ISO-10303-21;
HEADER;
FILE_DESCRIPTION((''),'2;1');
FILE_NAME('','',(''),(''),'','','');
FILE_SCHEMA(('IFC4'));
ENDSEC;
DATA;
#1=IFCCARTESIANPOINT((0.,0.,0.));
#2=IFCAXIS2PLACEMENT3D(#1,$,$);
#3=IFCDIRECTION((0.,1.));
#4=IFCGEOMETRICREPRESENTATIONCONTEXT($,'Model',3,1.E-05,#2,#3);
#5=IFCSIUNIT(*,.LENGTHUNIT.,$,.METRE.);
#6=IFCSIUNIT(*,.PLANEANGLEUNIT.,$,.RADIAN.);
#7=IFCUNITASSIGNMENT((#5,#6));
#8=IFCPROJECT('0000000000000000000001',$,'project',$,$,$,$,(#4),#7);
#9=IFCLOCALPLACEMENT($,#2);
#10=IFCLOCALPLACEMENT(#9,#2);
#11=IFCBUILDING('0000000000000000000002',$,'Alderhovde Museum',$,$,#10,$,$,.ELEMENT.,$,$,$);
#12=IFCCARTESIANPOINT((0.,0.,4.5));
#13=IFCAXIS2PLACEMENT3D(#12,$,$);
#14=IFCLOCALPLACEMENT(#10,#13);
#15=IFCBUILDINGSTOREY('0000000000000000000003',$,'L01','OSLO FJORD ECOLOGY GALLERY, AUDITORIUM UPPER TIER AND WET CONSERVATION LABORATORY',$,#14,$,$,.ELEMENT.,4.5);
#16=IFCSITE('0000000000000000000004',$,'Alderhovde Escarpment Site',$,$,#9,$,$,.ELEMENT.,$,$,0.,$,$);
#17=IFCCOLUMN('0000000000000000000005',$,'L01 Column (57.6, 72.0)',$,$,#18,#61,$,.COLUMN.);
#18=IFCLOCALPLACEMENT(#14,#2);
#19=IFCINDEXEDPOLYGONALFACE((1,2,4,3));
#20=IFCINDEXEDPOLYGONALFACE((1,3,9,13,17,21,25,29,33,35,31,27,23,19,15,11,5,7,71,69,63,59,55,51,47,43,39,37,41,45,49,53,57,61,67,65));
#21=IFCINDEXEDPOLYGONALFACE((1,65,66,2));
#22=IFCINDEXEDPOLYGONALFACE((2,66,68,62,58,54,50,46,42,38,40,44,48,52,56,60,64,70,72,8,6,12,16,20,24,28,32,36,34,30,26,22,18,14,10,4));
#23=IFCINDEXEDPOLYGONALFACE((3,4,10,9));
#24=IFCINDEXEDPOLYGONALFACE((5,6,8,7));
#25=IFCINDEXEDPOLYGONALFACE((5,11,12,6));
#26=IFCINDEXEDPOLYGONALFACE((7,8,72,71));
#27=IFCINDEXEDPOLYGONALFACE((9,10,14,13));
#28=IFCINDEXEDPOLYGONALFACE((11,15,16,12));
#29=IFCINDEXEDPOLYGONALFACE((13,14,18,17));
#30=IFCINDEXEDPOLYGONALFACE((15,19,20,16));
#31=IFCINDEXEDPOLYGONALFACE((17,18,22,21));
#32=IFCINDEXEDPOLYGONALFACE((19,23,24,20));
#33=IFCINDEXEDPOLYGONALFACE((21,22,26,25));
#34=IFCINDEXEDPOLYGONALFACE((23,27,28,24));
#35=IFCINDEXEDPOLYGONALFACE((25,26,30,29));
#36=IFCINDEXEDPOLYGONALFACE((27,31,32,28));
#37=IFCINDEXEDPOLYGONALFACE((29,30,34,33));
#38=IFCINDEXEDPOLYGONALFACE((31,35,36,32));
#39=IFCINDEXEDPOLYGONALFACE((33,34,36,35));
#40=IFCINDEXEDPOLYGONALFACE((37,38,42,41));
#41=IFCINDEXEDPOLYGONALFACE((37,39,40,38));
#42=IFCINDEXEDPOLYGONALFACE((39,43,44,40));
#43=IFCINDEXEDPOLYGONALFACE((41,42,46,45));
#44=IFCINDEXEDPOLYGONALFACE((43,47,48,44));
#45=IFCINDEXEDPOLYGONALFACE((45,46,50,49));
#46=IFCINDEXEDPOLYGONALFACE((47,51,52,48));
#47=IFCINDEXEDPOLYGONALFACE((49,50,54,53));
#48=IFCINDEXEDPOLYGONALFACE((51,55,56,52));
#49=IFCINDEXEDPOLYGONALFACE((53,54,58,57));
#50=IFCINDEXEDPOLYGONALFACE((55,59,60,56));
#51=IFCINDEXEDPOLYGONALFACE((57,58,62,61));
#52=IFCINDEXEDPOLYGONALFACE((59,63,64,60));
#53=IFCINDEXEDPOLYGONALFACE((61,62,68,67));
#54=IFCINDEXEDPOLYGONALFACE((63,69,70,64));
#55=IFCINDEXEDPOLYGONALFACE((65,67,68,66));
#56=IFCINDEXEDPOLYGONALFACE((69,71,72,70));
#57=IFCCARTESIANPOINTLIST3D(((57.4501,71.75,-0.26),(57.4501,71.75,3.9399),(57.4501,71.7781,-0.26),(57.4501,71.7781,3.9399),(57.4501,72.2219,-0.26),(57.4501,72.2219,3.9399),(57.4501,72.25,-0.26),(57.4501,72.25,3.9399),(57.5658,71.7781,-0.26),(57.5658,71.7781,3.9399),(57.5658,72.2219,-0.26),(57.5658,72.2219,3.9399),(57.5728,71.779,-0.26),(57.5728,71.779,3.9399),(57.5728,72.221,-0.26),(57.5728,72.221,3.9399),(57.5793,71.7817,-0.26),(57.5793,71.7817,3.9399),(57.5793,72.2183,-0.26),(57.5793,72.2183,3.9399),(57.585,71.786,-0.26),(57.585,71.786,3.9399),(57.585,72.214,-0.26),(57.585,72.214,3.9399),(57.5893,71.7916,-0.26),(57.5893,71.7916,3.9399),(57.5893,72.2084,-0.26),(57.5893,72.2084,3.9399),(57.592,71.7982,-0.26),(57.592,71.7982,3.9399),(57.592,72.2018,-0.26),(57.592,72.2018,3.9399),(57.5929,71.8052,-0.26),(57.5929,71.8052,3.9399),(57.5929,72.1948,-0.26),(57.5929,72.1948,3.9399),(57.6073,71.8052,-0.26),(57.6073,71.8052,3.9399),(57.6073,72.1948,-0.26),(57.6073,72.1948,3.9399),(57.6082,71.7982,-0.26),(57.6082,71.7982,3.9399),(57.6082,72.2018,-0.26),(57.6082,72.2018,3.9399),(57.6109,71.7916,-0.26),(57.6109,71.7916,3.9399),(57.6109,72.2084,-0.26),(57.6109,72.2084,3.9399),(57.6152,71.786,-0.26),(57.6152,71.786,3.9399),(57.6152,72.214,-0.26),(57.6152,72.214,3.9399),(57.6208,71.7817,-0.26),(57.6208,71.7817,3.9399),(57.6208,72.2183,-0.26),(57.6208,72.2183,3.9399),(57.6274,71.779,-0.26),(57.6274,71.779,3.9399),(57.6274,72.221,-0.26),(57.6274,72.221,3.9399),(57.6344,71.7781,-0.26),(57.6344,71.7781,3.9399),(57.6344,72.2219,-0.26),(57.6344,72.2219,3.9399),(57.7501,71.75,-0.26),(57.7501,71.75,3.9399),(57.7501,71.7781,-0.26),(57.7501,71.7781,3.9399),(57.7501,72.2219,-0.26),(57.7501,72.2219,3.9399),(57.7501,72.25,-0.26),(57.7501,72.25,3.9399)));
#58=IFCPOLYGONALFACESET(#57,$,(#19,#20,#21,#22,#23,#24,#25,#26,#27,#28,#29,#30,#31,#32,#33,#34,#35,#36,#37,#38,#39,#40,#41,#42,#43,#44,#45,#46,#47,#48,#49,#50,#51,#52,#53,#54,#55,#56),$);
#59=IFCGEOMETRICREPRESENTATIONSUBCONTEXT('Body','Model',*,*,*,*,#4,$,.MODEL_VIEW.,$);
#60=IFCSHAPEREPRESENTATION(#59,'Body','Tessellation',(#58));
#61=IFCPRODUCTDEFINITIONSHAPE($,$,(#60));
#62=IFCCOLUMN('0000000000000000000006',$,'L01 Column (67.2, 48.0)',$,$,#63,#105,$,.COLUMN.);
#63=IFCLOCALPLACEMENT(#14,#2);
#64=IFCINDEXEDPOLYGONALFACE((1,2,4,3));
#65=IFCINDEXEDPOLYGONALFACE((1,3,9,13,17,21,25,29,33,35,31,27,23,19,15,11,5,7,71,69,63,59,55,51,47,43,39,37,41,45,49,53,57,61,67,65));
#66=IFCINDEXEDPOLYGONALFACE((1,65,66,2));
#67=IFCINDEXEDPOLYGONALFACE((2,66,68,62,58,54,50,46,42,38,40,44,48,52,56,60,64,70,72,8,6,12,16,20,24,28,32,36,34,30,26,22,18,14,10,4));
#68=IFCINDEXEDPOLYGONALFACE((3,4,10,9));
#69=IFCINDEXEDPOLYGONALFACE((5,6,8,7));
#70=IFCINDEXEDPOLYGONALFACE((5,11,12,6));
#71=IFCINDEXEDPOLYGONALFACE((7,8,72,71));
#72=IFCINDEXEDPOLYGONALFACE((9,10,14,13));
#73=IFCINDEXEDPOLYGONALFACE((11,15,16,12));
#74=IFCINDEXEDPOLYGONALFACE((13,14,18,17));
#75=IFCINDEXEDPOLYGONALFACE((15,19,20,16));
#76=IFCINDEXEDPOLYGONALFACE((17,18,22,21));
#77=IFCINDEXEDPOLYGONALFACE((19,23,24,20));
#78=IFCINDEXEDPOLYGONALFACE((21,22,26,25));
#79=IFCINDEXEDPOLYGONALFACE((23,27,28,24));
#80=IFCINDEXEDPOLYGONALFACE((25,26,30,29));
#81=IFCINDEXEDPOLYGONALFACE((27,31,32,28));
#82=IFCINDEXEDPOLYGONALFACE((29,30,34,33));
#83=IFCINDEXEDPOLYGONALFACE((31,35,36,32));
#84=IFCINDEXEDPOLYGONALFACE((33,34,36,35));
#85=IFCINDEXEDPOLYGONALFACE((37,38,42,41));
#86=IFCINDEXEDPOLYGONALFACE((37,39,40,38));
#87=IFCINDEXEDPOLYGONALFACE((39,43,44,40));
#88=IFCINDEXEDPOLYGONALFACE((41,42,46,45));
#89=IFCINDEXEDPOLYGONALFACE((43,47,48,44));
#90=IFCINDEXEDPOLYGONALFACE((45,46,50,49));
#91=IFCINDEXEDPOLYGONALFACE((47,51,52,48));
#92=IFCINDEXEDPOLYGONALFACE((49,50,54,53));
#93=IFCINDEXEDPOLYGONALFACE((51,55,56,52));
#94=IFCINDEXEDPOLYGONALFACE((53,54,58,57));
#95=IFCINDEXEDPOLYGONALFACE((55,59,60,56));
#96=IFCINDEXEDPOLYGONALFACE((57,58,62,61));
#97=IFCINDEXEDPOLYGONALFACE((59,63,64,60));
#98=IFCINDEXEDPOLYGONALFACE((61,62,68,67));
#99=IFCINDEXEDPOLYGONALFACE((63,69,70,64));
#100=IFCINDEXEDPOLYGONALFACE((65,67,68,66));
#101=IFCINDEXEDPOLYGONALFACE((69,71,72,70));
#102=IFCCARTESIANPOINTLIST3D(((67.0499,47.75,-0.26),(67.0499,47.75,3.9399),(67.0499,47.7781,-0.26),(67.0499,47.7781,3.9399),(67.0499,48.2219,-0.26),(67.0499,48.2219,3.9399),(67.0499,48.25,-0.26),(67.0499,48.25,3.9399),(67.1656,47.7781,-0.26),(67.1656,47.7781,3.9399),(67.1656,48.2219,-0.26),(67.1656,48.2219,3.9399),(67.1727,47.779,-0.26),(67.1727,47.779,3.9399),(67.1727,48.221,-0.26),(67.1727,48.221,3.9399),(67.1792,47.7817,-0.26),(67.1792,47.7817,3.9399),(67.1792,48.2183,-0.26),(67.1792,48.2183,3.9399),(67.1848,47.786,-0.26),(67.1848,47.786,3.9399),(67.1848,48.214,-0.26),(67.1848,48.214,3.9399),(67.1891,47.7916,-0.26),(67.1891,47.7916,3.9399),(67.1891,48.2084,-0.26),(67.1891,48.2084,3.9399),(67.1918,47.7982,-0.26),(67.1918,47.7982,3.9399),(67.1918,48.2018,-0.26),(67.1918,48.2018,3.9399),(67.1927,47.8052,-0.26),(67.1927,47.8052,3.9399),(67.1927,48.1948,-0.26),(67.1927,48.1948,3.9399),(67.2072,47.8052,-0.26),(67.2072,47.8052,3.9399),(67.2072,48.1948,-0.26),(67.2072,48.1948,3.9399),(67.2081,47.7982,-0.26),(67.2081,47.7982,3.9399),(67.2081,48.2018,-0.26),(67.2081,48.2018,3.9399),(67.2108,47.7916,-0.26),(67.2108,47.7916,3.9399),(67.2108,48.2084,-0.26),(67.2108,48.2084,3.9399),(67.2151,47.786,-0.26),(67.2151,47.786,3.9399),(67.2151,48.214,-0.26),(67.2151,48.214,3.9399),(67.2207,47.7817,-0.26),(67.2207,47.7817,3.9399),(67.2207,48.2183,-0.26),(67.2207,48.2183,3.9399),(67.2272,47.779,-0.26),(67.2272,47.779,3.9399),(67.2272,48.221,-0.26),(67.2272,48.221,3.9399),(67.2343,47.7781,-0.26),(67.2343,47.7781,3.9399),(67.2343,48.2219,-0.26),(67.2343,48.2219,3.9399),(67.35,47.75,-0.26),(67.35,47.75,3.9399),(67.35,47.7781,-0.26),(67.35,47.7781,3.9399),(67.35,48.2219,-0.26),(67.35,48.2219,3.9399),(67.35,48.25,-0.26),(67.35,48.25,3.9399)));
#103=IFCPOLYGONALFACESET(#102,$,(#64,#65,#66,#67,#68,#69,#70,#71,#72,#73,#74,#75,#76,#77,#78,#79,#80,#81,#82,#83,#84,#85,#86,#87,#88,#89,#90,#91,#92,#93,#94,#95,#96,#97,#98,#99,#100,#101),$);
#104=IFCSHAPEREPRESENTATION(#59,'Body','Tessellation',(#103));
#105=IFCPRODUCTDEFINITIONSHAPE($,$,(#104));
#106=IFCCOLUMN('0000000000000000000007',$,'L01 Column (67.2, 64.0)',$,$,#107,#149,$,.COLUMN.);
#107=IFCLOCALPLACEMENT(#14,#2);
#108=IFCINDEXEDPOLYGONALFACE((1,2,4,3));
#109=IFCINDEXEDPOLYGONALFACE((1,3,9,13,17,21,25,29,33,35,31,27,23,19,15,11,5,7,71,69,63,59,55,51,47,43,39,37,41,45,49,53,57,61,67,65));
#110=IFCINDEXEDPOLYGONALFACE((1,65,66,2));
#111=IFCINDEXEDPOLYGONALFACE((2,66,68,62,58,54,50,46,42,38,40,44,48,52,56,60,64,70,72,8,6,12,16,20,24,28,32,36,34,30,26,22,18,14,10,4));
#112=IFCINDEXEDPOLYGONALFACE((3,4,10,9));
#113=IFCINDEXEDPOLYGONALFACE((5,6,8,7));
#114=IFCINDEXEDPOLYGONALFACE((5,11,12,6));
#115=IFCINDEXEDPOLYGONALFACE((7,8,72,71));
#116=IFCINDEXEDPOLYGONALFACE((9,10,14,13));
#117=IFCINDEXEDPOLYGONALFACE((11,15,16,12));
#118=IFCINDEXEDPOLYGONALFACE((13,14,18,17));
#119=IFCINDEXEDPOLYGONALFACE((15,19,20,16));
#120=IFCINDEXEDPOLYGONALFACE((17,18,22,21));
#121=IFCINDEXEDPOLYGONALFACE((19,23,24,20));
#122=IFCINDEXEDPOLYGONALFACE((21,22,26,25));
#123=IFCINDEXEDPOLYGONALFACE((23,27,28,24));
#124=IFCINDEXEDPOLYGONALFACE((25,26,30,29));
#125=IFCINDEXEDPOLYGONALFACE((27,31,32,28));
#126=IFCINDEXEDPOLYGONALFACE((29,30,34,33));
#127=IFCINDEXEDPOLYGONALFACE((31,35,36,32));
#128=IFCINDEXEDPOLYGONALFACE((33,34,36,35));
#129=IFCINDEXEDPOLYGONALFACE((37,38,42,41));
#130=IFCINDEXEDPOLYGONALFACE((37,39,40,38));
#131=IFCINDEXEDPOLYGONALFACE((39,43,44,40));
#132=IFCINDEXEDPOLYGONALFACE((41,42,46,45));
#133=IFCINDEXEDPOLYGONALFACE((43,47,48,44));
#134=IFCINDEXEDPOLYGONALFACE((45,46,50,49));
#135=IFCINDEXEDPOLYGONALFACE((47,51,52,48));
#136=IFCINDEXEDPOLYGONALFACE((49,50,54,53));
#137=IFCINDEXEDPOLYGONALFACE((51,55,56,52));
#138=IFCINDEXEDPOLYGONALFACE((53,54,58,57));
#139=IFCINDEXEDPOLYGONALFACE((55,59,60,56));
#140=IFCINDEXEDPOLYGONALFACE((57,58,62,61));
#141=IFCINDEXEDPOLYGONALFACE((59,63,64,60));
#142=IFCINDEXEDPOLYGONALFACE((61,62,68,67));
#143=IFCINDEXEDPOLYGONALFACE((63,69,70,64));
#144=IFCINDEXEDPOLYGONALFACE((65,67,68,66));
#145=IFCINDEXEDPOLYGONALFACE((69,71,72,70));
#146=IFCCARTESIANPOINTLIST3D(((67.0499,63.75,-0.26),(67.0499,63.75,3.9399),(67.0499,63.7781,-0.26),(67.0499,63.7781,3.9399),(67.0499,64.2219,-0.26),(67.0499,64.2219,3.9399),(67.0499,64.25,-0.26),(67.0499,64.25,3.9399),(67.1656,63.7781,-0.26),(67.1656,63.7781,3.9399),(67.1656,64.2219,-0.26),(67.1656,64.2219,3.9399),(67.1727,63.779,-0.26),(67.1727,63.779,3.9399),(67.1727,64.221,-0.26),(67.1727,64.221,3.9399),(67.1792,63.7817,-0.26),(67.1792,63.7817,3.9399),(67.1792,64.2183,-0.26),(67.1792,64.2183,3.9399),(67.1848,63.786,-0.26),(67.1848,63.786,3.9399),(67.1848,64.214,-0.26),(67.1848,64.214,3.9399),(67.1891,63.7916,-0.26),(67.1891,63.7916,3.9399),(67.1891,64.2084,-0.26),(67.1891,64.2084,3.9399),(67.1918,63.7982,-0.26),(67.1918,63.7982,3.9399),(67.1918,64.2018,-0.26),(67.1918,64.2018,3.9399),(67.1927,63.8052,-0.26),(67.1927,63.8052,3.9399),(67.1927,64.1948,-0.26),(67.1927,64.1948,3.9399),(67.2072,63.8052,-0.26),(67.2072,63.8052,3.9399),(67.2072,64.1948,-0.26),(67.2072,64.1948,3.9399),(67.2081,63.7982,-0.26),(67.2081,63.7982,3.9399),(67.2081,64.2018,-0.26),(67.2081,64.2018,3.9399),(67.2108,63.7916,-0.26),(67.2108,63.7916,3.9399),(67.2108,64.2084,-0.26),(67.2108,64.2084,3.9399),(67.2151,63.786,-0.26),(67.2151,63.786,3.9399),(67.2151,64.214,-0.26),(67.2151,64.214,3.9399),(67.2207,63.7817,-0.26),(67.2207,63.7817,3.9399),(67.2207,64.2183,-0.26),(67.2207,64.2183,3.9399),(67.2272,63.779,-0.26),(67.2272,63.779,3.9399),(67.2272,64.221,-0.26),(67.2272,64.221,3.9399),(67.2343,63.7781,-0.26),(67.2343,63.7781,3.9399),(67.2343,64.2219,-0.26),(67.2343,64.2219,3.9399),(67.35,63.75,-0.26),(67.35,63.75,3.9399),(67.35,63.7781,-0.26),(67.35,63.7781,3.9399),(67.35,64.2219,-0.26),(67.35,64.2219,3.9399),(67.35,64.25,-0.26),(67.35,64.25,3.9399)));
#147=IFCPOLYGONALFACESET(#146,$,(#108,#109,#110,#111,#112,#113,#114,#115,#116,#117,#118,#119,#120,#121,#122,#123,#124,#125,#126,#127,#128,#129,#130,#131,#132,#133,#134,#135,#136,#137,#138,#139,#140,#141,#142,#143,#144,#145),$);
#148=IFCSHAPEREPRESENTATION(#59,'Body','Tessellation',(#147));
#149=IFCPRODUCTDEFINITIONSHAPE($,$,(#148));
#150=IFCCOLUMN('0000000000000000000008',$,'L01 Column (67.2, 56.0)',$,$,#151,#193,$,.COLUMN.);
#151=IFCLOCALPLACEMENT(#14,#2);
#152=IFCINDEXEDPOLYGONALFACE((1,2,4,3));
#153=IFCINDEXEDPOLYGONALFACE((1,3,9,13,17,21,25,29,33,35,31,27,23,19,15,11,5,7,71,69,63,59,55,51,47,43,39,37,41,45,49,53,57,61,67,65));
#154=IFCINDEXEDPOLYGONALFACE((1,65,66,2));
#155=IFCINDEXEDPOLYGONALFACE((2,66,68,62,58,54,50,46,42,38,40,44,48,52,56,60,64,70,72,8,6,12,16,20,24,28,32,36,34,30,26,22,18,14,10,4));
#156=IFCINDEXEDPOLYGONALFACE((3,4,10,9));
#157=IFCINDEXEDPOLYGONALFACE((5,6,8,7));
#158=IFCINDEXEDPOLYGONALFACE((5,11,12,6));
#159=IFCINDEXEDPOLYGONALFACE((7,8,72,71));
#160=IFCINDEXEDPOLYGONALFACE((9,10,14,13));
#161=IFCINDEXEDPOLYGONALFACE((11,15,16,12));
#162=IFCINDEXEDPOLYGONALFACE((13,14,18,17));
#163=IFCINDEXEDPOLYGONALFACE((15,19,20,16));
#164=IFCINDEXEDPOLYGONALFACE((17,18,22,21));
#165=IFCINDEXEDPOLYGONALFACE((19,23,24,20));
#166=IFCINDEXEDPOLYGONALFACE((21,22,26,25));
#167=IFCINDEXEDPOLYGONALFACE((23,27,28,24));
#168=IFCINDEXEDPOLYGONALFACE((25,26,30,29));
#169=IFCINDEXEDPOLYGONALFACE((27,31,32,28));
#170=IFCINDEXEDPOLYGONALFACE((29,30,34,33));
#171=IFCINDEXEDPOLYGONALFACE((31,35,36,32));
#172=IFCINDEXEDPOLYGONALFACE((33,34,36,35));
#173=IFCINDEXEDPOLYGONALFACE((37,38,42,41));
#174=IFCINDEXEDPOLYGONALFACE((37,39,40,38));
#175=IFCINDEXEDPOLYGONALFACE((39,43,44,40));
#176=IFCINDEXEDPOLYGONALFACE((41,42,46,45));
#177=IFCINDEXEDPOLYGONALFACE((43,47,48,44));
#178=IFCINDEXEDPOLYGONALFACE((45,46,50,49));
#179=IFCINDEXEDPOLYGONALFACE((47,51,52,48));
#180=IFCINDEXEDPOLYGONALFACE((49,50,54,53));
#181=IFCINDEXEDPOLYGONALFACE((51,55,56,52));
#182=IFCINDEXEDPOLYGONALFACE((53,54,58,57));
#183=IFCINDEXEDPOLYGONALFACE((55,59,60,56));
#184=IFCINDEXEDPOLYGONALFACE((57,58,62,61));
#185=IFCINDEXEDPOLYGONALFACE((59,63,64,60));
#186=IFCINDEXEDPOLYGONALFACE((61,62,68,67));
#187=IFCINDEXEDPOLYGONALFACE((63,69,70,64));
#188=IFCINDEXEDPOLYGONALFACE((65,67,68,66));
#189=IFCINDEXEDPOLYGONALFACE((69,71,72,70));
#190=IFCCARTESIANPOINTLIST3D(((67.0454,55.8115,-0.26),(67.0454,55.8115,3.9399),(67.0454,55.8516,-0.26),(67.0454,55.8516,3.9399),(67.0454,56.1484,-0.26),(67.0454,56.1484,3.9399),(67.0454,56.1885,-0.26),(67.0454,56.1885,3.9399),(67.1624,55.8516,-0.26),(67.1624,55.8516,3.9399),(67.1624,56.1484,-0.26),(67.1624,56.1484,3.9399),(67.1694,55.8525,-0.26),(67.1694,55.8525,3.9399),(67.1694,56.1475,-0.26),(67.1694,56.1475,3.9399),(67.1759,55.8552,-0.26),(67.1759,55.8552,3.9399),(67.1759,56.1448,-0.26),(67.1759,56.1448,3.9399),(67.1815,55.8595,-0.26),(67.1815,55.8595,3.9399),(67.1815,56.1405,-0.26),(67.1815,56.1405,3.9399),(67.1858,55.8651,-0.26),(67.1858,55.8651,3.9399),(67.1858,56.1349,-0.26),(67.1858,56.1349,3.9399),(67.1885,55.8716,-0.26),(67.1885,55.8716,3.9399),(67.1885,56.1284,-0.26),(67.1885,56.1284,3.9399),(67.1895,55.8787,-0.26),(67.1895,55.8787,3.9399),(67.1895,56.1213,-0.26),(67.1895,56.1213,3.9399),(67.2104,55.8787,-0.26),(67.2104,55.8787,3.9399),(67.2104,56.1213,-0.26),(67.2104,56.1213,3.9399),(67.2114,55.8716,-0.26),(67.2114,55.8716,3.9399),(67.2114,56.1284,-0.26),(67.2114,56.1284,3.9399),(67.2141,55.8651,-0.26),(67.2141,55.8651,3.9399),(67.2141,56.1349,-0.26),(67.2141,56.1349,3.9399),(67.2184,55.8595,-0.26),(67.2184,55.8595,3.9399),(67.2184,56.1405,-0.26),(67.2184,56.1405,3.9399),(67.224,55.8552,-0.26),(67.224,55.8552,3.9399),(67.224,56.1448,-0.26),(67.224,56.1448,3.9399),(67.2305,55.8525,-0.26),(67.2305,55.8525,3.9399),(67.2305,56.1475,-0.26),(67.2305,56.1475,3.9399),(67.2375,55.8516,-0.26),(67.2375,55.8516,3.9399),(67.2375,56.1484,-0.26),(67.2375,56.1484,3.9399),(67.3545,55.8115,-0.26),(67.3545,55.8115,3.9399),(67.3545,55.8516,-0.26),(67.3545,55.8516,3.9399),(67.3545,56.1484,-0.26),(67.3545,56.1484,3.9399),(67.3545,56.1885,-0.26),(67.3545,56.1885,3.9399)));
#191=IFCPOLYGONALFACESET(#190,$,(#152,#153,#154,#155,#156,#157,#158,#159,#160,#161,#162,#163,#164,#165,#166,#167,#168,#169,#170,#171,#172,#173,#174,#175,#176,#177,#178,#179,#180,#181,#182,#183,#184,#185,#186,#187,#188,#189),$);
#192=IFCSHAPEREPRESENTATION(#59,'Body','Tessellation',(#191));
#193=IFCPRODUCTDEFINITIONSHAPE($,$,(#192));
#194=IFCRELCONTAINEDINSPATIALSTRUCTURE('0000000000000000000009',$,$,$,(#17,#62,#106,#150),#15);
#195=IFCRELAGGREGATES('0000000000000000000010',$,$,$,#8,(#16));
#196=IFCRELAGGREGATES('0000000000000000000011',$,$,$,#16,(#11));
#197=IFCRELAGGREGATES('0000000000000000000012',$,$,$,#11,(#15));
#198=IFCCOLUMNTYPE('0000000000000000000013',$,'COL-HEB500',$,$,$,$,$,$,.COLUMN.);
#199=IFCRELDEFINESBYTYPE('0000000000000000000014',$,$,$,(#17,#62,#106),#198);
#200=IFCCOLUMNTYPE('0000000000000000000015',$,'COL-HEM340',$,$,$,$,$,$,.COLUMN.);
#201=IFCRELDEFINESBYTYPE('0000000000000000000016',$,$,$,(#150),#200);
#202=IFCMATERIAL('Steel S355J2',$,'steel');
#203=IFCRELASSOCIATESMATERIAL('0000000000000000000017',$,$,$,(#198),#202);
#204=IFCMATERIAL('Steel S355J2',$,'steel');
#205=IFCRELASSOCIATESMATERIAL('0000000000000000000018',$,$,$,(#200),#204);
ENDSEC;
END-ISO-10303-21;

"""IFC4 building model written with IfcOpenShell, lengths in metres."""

from ifc_helpers import new_model, si_unit, direction, frame, origin, origin_2d, place, context, subcontext, project, spatial, i_section, extrude, material, material_profile, profile_set, type_object, element, save


model = new_model("IFC4")

# Units and contexts
model_context = context("Model", 3, precision=1e-05, world=origin(), true_north=direction((0.0, 1.0)))
body_context = subcontext(model_context, "Body", "Model", "MODEL_VIEW")
ifc_project = project(units=[si_unit("LENGTHUNIT", "METRE"), si_unit("PLANEANGLEUNIT", "RADIAN")], contexts=[model_context])

# Site, building, storey
site_placement = place(None, origin())
site = spatial("IfcSite", under=ifc_project, at=site_placement, Name="Alderhovde Escarpment Site", CompositionType="ELEMENT", RefElevation=0.0)
building_placement = place(site_placement, origin())
building = spatial("IfcBuilding", under=site, at=building_placement, Name="Alderhovde Museum", CompositionType="ELEMENT")
storey_placement = place(building_placement, frame((0.0, 0.0, 4.5)))
storey = spatial("IfcBuildingStorey", under=building, at=storey_placement, Name="L01", Description="OSLO FJORD ECOLOGY GALLERY, AUDITORIUM UPPER TIER AND WET CONSERVATION LABORATORY", CompositionType="ELEMENT", Elevation=4.5)

# Columns
ifc_material_1 = material(Name="Steel S355J2", Category="steel")
ifc_material_profile_1 = material_profile(ifc_material_1, i_section(OverallWidth=0.3, OverallDepth=0.5, WebThickness=0.0144, FlangeThickness=0.0281, FilletRadius=0.0271, at=origin_2d()), Name="HEB 500")
ifc_profile_set_1 = profile_set([ifc_material_profile_1], Name="Steel S355J2")
column_type_1 = type_object("IfcColumnType", Name="COL-HEB500", PredefinedType="COLUMN", material=ifc_profile_set_1)
for number, where, z_axis, x_axis, name in (
    (1, (57.6001, 72.0, -0.26), (0.0, 0.0, 1.0), (1.0, 0.0, 0.0), "L01 Column (57.6, 72.0)"),
    (2, (67.2, 48.0, -0.26), (0.0, 0.0, 1.0), (1.0, 0.0, 0.0), "L01 Column (67.2, 48.0)"),
    (3, (67.2, 64.0, -0.26), (0.0, 0.0, 1.0), (1.0, 0.0, 0.0), "L01 Column (67.2, 64.0)"),
):
    element("IfcColumn", number, at=place(storey_placement, frame(where, z_axis=z_axis, x_axis=x_axis)), inside=storey, type_object=column_type_1, Name=name, PredefinedType="COLUMN", context=body_context, shape_type="SweptSolid", body=[
        extrude(i_section(OverallWidth=0.3, OverallDepth=0.5, WebThickness=0.0144, FlangeThickness=0.0281, FilletRadius=0.0271, at=origin_2d()), origin(), (0.0, 0.0, 1.0), 4.2),
    ])
ifc_material_2 = material(Name="Steel S355J2", Category="steel")
ifc_material_profile_2 = material_profile(ifc_material_2, i_section(OverallWidth=0.3091, OverallDepth=0.377, WebThickness=0.021, FlangeThickness=0.04, FilletRadius=0.0271, at=origin_2d()), Name="HEM 340")
ifc_profile_set_2 = profile_set([ifc_material_profile_2], Name="Steel S355J2")
column_type_2 = type_object("IfcColumnType", Name="COL-HEM340", PredefinedType="COLUMN", material=ifc_profile_set_2)
for number, where, z_axis, x_axis, name in (
    (4, (67.2, 56.0, -0.26), (0.0, 0.0, 1.0), (1.0, 0.0, 0.0), "L01 Column (67.2, 56.0)"),
):
    element("IfcColumn", number, at=place(storey_placement, frame(where, z_axis=z_axis, x_axis=x_axis)), inside=storey, type_object=column_type_2, Name=name, PredefinedType="COLUMN", context=body_context, shape_type="SweptSolid", body=[
        extrude(i_section(OverallWidth=0.3091, OverallDepth=0.377, WebThickness=0.021, FlangeThickness=0.04, FilletRadius=0.0271, at=origin_2d()), origin(), (0.0, 0.0, 1.0), 4.2),
    ])

save(model, "model.ifc")
